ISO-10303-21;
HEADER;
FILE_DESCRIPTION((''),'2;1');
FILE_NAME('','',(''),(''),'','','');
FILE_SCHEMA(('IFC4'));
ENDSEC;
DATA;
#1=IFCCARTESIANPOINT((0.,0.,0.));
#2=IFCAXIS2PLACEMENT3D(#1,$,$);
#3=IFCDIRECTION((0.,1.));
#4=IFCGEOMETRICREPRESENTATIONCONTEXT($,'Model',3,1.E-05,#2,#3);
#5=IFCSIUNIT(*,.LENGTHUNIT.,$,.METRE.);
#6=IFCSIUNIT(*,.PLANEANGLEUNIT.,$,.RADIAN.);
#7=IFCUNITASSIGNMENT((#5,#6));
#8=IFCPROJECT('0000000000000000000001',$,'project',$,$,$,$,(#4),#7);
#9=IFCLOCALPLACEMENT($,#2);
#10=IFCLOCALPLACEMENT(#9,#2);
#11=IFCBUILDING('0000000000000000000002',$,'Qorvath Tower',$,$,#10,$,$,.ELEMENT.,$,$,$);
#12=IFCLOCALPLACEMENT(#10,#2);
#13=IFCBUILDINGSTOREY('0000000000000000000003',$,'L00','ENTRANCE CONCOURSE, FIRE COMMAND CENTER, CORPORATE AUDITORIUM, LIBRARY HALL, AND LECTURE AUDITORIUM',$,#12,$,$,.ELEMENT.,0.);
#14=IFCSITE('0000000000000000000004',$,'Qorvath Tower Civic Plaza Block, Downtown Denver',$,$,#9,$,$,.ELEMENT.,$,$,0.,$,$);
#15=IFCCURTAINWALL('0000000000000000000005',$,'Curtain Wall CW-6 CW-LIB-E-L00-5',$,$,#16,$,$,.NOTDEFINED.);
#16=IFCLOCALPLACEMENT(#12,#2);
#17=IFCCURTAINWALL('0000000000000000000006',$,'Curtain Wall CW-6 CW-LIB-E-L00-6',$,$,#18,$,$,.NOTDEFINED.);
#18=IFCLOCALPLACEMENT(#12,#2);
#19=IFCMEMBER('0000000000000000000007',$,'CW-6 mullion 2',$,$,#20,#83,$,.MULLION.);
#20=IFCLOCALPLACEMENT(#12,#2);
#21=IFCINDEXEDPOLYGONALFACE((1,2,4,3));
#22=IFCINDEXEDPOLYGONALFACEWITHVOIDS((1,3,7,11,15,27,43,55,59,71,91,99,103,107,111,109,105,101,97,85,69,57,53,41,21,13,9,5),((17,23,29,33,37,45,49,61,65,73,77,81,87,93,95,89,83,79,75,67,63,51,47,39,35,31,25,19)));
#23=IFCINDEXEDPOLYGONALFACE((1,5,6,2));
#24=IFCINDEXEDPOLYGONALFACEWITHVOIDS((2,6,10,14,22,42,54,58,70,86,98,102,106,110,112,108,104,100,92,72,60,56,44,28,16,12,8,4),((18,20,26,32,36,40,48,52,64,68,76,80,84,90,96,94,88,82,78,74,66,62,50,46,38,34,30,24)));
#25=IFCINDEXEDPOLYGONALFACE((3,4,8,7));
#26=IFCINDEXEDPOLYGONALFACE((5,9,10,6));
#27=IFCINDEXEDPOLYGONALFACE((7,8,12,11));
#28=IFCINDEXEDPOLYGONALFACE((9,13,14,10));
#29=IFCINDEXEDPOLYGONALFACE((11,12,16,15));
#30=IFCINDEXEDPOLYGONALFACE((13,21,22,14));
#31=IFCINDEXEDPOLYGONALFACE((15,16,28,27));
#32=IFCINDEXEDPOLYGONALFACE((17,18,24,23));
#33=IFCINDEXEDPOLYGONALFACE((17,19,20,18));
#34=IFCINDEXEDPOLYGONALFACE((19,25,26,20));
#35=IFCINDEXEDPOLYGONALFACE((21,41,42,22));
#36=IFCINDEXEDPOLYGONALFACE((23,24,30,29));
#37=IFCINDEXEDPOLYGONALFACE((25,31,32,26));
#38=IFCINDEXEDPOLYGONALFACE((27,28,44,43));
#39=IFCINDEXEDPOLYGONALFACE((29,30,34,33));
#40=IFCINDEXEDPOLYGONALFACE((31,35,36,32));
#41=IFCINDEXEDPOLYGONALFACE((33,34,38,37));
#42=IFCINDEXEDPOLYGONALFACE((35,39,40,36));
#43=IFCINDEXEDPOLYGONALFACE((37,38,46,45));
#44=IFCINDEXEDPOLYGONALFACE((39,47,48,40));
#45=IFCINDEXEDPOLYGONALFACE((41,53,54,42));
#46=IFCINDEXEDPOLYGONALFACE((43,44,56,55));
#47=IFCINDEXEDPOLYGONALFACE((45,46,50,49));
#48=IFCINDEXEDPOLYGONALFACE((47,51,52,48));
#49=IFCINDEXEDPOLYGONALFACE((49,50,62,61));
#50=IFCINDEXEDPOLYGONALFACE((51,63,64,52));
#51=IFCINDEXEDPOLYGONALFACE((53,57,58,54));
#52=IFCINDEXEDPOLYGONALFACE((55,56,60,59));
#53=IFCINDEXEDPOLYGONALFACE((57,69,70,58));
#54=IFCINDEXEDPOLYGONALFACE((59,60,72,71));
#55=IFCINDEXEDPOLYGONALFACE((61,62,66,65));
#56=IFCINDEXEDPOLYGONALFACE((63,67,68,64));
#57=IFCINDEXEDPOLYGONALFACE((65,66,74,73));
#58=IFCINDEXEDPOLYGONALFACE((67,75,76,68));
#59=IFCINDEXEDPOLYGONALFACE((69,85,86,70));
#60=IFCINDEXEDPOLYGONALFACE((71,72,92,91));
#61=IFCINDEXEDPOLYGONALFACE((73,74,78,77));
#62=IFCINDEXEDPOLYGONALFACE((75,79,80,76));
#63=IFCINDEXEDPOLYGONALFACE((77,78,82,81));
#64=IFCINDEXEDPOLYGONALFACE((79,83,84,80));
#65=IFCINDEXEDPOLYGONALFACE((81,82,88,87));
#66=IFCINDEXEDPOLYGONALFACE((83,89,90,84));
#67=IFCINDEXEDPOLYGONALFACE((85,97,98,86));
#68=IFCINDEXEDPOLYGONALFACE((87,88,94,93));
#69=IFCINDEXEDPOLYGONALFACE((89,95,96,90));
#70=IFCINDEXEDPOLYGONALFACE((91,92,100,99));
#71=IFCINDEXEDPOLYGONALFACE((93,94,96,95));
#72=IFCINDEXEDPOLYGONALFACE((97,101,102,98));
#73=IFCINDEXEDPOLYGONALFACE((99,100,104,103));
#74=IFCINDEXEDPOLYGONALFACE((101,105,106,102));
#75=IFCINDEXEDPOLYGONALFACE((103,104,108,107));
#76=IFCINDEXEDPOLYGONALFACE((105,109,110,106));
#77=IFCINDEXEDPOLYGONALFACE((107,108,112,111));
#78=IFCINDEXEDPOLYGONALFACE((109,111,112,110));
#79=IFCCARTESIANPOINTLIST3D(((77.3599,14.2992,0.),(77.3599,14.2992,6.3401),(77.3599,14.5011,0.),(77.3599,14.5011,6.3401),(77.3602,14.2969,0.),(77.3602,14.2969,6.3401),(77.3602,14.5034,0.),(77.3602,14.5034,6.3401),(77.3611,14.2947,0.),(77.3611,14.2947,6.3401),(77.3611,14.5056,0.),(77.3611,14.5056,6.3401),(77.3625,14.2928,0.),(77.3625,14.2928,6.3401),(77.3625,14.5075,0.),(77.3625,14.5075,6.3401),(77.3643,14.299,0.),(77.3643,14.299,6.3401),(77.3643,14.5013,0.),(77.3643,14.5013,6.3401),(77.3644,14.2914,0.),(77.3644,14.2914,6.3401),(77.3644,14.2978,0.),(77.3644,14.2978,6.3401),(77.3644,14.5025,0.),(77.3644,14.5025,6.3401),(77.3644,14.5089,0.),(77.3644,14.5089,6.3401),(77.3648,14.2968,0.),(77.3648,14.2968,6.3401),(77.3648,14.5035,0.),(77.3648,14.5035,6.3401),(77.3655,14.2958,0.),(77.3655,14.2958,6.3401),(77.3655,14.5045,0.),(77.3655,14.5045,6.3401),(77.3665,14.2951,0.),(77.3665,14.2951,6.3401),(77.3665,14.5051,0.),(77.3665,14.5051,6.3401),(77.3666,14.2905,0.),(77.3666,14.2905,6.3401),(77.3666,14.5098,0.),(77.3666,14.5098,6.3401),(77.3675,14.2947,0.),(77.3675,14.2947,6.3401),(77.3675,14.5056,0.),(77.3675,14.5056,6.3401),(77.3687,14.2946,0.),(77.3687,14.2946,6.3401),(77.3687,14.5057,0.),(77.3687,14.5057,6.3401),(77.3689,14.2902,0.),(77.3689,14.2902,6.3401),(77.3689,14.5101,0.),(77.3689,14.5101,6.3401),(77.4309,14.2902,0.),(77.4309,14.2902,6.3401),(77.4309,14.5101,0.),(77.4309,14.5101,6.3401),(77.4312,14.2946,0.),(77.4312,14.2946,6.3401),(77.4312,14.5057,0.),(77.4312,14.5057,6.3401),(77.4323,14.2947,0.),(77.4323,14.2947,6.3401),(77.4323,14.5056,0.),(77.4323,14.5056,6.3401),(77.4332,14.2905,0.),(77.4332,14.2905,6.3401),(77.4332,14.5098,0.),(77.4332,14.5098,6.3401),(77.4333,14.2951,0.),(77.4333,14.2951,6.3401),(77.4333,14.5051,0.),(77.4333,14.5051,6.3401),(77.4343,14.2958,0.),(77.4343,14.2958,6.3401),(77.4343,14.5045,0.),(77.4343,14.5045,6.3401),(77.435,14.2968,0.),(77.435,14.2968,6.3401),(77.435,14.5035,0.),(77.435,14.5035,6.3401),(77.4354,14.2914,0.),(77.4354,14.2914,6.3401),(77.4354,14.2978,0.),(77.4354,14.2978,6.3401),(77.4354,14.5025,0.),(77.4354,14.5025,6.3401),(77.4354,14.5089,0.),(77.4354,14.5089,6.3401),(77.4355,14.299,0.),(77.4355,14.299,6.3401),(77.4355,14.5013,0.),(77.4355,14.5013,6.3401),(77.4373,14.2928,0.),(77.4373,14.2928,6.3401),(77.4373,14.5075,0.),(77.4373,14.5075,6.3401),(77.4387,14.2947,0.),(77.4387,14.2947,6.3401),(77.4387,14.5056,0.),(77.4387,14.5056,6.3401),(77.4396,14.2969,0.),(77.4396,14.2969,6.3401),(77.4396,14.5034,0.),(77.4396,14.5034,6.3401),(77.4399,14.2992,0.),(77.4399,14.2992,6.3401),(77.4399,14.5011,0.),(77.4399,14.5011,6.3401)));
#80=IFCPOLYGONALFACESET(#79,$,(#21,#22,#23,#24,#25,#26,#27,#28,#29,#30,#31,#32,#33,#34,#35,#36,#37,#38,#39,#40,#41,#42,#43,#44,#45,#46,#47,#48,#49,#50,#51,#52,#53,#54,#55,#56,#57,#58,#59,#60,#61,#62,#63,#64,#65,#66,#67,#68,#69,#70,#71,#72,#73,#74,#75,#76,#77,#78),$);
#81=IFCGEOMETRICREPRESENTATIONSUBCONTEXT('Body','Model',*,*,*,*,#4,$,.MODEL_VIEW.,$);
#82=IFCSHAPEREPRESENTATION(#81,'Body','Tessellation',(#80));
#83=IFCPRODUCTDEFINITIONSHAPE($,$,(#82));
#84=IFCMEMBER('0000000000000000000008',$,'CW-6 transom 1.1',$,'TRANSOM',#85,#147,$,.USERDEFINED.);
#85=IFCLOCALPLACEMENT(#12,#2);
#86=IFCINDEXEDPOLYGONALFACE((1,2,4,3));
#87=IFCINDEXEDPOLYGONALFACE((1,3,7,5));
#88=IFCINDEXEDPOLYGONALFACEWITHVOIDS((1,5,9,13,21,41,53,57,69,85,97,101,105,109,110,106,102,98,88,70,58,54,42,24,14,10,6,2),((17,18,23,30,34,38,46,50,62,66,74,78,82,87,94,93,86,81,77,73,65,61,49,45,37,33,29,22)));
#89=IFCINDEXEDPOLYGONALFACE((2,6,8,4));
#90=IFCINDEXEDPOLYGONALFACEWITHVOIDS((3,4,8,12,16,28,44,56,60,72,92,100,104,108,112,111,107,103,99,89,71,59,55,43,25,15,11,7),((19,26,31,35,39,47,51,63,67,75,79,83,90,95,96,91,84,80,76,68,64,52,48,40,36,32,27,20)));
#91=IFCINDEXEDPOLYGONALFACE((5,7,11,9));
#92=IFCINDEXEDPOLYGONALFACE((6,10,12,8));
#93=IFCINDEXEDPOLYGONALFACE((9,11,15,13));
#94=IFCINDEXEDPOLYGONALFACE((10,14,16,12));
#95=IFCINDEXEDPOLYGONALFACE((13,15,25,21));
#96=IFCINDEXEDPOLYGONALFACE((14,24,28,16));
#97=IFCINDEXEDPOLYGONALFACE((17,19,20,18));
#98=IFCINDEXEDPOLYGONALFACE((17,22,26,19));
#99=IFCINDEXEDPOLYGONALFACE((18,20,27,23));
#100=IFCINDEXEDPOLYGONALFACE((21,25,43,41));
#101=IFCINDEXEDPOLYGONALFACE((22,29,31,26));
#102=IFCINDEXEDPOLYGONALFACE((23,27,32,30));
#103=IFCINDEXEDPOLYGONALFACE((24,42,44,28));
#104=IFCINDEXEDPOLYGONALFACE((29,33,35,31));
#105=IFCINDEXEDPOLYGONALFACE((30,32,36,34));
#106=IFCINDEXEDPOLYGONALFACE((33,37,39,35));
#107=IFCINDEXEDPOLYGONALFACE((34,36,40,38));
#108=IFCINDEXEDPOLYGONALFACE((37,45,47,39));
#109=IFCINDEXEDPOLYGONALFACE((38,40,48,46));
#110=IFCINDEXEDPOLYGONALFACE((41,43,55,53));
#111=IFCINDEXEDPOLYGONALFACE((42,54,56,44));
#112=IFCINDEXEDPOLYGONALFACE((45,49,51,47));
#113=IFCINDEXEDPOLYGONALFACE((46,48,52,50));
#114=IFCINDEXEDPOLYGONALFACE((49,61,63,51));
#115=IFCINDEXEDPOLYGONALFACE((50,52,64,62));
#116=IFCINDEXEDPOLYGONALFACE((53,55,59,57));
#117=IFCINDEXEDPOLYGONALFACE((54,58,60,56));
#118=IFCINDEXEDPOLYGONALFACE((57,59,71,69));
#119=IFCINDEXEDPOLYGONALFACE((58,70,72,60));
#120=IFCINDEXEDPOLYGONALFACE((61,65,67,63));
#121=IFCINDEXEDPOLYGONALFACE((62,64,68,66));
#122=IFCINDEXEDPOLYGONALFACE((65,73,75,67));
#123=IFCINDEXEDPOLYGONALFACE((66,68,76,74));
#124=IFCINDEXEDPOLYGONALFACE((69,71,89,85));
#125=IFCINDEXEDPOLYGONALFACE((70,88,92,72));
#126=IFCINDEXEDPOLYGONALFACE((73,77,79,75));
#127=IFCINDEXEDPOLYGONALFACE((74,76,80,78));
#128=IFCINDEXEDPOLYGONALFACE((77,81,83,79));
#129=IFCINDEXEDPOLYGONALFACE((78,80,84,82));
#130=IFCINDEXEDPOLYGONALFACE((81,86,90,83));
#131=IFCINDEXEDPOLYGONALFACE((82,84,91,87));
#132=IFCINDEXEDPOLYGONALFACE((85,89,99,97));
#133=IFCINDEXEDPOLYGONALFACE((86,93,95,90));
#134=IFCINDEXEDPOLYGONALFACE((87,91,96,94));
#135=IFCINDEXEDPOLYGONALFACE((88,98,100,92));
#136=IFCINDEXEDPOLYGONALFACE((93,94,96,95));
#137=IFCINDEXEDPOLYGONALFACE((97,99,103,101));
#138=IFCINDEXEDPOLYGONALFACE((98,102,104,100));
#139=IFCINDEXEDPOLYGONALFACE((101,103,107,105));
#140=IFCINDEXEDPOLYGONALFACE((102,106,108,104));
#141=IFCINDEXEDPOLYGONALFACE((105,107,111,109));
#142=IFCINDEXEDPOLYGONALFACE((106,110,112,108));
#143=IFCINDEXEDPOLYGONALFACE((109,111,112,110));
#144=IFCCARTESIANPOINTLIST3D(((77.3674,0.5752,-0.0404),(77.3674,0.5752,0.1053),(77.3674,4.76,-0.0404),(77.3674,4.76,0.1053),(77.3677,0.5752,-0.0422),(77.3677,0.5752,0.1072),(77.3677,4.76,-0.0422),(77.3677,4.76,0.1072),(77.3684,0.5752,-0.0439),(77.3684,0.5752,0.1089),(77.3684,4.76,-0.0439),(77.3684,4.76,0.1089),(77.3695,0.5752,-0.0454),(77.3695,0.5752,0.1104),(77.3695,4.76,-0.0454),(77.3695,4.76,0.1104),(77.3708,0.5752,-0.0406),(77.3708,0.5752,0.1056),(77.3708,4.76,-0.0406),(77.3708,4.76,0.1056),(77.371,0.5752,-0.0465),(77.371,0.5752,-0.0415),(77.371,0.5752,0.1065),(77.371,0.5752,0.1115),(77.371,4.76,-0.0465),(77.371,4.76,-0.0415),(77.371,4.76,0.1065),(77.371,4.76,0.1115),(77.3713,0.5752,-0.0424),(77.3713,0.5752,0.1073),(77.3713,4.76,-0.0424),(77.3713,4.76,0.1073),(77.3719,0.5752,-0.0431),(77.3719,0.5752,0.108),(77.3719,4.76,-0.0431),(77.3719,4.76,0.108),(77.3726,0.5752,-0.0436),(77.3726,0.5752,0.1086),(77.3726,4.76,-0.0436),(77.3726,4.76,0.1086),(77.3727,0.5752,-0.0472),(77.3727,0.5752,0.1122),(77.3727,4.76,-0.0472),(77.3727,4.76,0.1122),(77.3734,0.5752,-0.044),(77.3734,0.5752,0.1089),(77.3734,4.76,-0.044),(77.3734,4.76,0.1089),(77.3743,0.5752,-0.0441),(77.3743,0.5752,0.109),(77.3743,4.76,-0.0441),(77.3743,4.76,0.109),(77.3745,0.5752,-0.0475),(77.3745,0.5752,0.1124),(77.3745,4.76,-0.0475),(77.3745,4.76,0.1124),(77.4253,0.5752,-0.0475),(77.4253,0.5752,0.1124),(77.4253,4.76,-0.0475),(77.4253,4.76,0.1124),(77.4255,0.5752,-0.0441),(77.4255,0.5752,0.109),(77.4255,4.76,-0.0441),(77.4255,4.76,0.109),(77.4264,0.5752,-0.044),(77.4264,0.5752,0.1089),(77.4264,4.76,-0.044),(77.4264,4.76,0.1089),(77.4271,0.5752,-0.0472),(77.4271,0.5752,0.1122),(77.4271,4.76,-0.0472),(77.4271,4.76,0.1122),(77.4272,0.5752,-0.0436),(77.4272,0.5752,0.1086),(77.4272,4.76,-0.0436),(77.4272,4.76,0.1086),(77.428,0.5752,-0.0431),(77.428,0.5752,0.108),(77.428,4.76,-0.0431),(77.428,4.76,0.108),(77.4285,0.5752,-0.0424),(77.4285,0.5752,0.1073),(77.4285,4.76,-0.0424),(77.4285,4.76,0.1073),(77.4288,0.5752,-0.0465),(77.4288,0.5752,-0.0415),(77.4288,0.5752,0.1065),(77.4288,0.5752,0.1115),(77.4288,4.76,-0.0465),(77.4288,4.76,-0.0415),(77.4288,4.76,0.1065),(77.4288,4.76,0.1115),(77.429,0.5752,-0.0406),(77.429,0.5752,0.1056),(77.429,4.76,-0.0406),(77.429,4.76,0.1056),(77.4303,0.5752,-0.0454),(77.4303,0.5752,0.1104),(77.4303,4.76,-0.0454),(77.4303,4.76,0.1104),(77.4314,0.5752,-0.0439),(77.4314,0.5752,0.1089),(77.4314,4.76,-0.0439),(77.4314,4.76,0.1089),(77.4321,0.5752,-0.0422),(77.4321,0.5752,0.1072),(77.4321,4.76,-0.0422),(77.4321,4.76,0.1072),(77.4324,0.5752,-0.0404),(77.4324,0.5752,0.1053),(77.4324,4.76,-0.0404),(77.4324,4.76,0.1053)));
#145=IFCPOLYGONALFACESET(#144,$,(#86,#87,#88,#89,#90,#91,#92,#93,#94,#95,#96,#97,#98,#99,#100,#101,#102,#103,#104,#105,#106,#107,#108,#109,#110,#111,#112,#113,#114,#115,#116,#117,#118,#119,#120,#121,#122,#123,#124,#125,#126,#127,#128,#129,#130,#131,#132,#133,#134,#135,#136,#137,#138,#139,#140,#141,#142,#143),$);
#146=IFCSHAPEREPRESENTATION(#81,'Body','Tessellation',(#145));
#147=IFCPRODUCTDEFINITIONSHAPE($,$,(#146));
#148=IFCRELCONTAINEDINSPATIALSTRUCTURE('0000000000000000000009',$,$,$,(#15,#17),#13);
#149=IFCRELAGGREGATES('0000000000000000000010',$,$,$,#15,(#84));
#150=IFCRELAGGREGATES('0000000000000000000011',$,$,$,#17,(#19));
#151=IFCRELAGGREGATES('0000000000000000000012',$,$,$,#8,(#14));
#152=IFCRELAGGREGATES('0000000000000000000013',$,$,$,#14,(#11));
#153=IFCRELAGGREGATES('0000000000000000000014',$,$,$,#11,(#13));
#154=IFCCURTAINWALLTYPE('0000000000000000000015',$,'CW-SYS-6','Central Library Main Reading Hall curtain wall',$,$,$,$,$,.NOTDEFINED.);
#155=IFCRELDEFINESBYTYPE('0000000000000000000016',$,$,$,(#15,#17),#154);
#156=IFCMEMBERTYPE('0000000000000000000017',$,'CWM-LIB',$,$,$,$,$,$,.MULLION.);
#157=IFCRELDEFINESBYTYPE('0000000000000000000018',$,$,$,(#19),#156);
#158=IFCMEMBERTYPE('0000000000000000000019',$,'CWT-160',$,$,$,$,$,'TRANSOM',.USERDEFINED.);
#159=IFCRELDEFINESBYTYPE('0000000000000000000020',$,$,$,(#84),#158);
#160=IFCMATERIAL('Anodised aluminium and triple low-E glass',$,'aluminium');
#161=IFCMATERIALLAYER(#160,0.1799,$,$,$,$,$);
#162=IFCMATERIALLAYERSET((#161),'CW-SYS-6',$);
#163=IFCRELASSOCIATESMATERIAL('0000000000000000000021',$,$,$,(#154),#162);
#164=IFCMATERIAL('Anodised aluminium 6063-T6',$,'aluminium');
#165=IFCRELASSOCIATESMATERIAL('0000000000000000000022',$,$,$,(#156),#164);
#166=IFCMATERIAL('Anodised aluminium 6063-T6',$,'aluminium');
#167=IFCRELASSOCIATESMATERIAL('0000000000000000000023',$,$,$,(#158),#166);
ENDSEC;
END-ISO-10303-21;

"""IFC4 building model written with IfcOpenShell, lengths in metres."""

from ifc_helpers import new_model, si_unit, direction, frame, origin, origin_2d, place, context, subcontext, project, spatial, hollow_rectangle, extrude, material, layer, layer_set, material_profile, profile_set, type_object, element, aggregate, save


model = new_model("IFC4")

# Units and contexts
model_context = context("Model", 3, precision=1e-05, world=origin(), true_north=direction((0.0, 1.0)))
body_context = subcontext(model_context, "Body", "Model", "MODEL_VIEW")
ifc_project = project(units=[si_unit("LENGTHUNIT", "METRE"), si_unit("PLANEANGLEUNIT", "RADIAN")], contexts=[model_context])

# Site, building, storey
site_placement = place(None, origin())
site = spatial("IfcSite", under=ifc_project, at=site_placement, Name="Qorvath Tower Civic Plaza Block, Downtown Denver", CompositionType="ELEMENT", RefElevation=0.0)
building_placement = place(site_placement, origin())
building = spatial("IfcBuilding", under=site, at=building_placement, Name="Qorvath Tower", CompositionType="ELEMENT")
storey_placement = place(building_placement, origin())
storey = spatial("IfcBuildingStorey", under=building, at=storey_placement, Name="L00", Description="ENTRANCE CONCOURSE, FIRE COMMAND CENTER, CORPORATE AUDITORIUM, LIBRARY HALL, AND LECTURE AUDITORIUM", CompositionType="ELEMENT", Elevation=0.0)

# Curtain walls, member
ifc_material_1 = material(Name="Anodised aluminium and triple low-E glass", Category="aluminium")
ifc_layer_1 = layer(ifc_material_1, 0.1799)
ifc_layer_set_1 = layer_set([ifc_layer_1], Name="CW-SYS-6")
curtain_wall_type = type_object("IfcCurtainWallType", Name="CW-SYS-6", Description="Central Library Main Reading Hall curtain wall", PredefinedType="NOTDEFINED", material=ifc_layer_set_1)
curtain_wall_1_placement = place(storey_placement, origin())
curtain_wall_1 = element("IfcCurtainWall", 1, at=curtain_wall_1_placement, inside=storey, type_object=curtain_wall_type, Name="Curtain Wall CW-6 CW-LIB-E-L00-5", PredefinedType="NOTDEFINED")
ifc_material_2 = material(Name="Anodised aluminium 6063-T6", Category="aluminium")
ifc_material_profile_1 = material_profile(ifc_material_2, hollow_rectangle(XDim=0.0801, YDim=0.22, WallThickness=0.0044, InnerFilletRadius=0.0044, OuterFilletRadius=0.009, at=origin_2d()), Name="CWM LIB 220x80")
ifc_profile_set_1 = profile_set([ifc_material_profile_1], Name="Anodised aluminium 6063-T6")
member_type_1 = type_object("IfcMemberType", Name="CWM-LIB", PredefinedType="MULLION", material=ifc_profile_set_1)
curtain_wall_2_placement = place(storey_placement, origin())
curtain_wall_2 = element("IfcCurtainWall", 2, at=curtain_wall_2_placement, inside=storey, type_object=curtain_wall_type, Name="Curtain Wall CW-6 CW-LIB-E-L00-6", PredefinedType="NOTDEFINED")
member_1_placement = place(storey_placement, frame((77.3999, 14.4001, 0.0), z_axis=(0.0, 0.0, 1.0), x_axis=(-1.0, 0.0, 0.0)))
member_1 = element("IfcMember", 3, at=member_1_placement, type_object=member_type_1, Name="CW-6 mullion 2", PredefinedType="MULLION", context=body_context, shape_type="SweptSolid", body=[
    extrude(hollow_rectangle(XDim=0.0801, YDim=0.22, WallThickness=0.0044, InnerFilletRadius=0.0044, OuterFilletRadius=0.009, at=origin_2d()), origin(), (0.0, 0.0, 1.0), 6.3401),
])

# Member
ifc_material_3 = material(Name="Anodised aluminium 6063-T6", Category="aluminium")
ifc_material_profile_2 = material_profile(ifc_material_3, hollow_rectangle(XDim=0.0649, YDim=0.1599, WallThickness=0.0034, InnerFilletRadius=0.0034, OuterFilletRadius=0.0071, at=origin_2d()), Name="CWT 160x65")
ifc_profile_set_2 = profile_set([ifc_material_profile_2], Name="Anodised aluminium 6063-T6")
member_type_2 = type_object("IfcMemberType", Name="CWT-160", ElementType="TRANSOM", PredefinedType="USERDEFINED", material=ifc_profile_set_2)
member_2_placement = place(storey_placement, frame((77.3999, 0.5752, 0.0325), z_axis=(0.0, 1.0, 0.0), x_axis=(-1.0, 0.0, 0.0)))
member_2 = element("IfcMember", 4, at=member_2_placement, type_object=member_type_2, Name="CW-6 transom 1.1", ObjectType="TRANSOM", PredefinedType="USERDEFINED", context=body_context, shape_type="SweptSolid", body=[
    extrude(hollow_rectangle(XDim=0.0649, YDim=0.1599, WallThickness=0.0034, InnerFilletRadius=0.0034, OuterFilletRadius=0.0071, at=origin_2d()), origin(), (0.0, 0.0, 1.0), 4.1848),
])

aggregate(curtain_wall_1, [member_2])
aggregate(curtain_wall_2, [member_1])

save(model, "model.ifc")
